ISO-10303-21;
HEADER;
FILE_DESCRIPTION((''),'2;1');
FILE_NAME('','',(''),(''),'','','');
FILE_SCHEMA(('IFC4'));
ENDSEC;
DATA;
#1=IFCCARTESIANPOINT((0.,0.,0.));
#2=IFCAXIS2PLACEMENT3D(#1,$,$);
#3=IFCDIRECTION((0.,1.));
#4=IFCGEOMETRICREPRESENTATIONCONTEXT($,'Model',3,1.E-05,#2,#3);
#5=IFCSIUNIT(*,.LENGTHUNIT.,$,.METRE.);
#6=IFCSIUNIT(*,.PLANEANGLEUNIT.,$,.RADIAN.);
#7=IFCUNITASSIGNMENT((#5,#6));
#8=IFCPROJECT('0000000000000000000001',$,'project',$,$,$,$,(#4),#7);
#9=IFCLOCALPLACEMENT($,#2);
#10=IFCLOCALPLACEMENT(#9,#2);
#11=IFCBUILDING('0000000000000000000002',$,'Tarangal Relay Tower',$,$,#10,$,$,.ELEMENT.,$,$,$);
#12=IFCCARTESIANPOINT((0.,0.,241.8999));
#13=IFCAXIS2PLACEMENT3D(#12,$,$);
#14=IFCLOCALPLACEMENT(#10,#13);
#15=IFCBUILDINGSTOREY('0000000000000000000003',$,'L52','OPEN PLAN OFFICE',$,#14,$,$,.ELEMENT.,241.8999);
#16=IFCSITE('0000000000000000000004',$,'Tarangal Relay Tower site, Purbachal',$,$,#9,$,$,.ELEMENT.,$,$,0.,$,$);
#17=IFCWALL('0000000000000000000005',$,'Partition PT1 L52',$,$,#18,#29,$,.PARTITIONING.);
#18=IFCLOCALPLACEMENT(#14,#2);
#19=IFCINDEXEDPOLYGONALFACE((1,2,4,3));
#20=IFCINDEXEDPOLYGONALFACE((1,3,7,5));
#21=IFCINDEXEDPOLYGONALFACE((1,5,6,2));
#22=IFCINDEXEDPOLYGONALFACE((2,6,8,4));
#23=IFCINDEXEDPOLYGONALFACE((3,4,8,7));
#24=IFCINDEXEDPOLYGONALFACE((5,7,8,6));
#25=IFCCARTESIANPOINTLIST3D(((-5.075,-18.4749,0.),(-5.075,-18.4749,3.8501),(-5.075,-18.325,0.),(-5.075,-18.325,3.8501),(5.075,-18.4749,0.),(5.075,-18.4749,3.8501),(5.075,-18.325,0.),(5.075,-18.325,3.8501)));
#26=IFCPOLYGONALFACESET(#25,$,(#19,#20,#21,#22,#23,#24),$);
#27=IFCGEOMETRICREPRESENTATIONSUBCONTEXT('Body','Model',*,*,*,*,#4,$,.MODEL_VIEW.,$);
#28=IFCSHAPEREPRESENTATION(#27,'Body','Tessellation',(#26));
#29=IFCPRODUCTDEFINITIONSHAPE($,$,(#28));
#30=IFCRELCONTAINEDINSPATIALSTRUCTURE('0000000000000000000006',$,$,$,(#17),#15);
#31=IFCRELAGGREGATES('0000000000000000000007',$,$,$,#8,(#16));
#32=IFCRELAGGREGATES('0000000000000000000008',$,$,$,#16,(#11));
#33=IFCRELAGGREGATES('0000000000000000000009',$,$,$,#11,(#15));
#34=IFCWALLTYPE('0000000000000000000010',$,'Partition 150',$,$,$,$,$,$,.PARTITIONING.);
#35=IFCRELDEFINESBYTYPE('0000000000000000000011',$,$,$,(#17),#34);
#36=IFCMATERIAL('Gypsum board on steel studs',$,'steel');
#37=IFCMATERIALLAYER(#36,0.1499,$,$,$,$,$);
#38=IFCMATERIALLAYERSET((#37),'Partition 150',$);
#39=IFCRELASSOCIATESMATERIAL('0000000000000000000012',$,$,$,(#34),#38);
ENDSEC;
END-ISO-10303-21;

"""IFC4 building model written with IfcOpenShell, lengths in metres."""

from ifc_helpers import new_model, si_unit, direction, frame, frame_2d, origin, place, context, subcontext, project, spatial, rectangle, extrude, material, layer, layer_set, type_object, element, save


model = new_model("IFC4")

# Units and contexts
model_context = context("Model", 3, precision=1e-05, world=origin(), true_north=direction((0.0, 1.0)))
body_context = subcontext(model_context, "Body", "Model", "MODEL_VIEW")
ifc_project = project(units=[si_unit("LENGTHUNIT", "METRE"), si_unit("PLANEANGLEUNIT", "RADIAN")], contexts=[model_context])

# Site, building, storey
site_placement = place(None, origin())
site = spatial("IfcSite", under=ifc_project, at=site_placement, Name="Tarangal Relay Tower site, Purbachal", CompositionType="ELEMENT", RefElevation=0.0)
building_placement = place(site_placement, origin())
building = spatial("IfcBuilding", under=site, at=building_placement, Name="Tarangal Relay Tower", CompositionType="ELEMENT")
storey_placement = place(building_placement, frame((0.0, 0.0, 241.8999)))
storey = spatial("IfcBuildingStorey", under=building, at=storey_placement, Name="L52", Description="OPEN PLAN OFFICE", CompositionType="ELEMENT", Elevation=241.8999)

# Wall
ifc_material_1 = material(Name="Gypsum board on steel studs", Category="steel")
ifc_layer_1 = layer(ifc_material_1, 0.1499)
ifc_layer_set_1 = layer_set([ifc_layer_1], Name="Partition 150")
wall_type_1 = type_object("IfcWallType", Name="Partition 150", PredefinedType="PARTITIONING", material=ifc_layer_set_1)
wall_1_placement = place(storey_placement, frame((-5.075, -18.3999, 0.0), z_axis=(0.0, 0.0, 1.0), x_axis=(1.0, 0.0, 0.0)))
element("IfcWall", 1, at=wall_1_placement, inside=storey, type_object=wall_type_1, Name="Partition PT1 L52", PredefinedType="PARTITIONING", context=body_context, shape_type="SweptSolid", body=[
    extrude(rectangle(XDim=10.1499, YDim=0.1499, at=frame_2d((5.075, 0.0))), origin(), (0.0, 0.0, 1.0), 3.8501),
])

save(model, "model.ifc")
